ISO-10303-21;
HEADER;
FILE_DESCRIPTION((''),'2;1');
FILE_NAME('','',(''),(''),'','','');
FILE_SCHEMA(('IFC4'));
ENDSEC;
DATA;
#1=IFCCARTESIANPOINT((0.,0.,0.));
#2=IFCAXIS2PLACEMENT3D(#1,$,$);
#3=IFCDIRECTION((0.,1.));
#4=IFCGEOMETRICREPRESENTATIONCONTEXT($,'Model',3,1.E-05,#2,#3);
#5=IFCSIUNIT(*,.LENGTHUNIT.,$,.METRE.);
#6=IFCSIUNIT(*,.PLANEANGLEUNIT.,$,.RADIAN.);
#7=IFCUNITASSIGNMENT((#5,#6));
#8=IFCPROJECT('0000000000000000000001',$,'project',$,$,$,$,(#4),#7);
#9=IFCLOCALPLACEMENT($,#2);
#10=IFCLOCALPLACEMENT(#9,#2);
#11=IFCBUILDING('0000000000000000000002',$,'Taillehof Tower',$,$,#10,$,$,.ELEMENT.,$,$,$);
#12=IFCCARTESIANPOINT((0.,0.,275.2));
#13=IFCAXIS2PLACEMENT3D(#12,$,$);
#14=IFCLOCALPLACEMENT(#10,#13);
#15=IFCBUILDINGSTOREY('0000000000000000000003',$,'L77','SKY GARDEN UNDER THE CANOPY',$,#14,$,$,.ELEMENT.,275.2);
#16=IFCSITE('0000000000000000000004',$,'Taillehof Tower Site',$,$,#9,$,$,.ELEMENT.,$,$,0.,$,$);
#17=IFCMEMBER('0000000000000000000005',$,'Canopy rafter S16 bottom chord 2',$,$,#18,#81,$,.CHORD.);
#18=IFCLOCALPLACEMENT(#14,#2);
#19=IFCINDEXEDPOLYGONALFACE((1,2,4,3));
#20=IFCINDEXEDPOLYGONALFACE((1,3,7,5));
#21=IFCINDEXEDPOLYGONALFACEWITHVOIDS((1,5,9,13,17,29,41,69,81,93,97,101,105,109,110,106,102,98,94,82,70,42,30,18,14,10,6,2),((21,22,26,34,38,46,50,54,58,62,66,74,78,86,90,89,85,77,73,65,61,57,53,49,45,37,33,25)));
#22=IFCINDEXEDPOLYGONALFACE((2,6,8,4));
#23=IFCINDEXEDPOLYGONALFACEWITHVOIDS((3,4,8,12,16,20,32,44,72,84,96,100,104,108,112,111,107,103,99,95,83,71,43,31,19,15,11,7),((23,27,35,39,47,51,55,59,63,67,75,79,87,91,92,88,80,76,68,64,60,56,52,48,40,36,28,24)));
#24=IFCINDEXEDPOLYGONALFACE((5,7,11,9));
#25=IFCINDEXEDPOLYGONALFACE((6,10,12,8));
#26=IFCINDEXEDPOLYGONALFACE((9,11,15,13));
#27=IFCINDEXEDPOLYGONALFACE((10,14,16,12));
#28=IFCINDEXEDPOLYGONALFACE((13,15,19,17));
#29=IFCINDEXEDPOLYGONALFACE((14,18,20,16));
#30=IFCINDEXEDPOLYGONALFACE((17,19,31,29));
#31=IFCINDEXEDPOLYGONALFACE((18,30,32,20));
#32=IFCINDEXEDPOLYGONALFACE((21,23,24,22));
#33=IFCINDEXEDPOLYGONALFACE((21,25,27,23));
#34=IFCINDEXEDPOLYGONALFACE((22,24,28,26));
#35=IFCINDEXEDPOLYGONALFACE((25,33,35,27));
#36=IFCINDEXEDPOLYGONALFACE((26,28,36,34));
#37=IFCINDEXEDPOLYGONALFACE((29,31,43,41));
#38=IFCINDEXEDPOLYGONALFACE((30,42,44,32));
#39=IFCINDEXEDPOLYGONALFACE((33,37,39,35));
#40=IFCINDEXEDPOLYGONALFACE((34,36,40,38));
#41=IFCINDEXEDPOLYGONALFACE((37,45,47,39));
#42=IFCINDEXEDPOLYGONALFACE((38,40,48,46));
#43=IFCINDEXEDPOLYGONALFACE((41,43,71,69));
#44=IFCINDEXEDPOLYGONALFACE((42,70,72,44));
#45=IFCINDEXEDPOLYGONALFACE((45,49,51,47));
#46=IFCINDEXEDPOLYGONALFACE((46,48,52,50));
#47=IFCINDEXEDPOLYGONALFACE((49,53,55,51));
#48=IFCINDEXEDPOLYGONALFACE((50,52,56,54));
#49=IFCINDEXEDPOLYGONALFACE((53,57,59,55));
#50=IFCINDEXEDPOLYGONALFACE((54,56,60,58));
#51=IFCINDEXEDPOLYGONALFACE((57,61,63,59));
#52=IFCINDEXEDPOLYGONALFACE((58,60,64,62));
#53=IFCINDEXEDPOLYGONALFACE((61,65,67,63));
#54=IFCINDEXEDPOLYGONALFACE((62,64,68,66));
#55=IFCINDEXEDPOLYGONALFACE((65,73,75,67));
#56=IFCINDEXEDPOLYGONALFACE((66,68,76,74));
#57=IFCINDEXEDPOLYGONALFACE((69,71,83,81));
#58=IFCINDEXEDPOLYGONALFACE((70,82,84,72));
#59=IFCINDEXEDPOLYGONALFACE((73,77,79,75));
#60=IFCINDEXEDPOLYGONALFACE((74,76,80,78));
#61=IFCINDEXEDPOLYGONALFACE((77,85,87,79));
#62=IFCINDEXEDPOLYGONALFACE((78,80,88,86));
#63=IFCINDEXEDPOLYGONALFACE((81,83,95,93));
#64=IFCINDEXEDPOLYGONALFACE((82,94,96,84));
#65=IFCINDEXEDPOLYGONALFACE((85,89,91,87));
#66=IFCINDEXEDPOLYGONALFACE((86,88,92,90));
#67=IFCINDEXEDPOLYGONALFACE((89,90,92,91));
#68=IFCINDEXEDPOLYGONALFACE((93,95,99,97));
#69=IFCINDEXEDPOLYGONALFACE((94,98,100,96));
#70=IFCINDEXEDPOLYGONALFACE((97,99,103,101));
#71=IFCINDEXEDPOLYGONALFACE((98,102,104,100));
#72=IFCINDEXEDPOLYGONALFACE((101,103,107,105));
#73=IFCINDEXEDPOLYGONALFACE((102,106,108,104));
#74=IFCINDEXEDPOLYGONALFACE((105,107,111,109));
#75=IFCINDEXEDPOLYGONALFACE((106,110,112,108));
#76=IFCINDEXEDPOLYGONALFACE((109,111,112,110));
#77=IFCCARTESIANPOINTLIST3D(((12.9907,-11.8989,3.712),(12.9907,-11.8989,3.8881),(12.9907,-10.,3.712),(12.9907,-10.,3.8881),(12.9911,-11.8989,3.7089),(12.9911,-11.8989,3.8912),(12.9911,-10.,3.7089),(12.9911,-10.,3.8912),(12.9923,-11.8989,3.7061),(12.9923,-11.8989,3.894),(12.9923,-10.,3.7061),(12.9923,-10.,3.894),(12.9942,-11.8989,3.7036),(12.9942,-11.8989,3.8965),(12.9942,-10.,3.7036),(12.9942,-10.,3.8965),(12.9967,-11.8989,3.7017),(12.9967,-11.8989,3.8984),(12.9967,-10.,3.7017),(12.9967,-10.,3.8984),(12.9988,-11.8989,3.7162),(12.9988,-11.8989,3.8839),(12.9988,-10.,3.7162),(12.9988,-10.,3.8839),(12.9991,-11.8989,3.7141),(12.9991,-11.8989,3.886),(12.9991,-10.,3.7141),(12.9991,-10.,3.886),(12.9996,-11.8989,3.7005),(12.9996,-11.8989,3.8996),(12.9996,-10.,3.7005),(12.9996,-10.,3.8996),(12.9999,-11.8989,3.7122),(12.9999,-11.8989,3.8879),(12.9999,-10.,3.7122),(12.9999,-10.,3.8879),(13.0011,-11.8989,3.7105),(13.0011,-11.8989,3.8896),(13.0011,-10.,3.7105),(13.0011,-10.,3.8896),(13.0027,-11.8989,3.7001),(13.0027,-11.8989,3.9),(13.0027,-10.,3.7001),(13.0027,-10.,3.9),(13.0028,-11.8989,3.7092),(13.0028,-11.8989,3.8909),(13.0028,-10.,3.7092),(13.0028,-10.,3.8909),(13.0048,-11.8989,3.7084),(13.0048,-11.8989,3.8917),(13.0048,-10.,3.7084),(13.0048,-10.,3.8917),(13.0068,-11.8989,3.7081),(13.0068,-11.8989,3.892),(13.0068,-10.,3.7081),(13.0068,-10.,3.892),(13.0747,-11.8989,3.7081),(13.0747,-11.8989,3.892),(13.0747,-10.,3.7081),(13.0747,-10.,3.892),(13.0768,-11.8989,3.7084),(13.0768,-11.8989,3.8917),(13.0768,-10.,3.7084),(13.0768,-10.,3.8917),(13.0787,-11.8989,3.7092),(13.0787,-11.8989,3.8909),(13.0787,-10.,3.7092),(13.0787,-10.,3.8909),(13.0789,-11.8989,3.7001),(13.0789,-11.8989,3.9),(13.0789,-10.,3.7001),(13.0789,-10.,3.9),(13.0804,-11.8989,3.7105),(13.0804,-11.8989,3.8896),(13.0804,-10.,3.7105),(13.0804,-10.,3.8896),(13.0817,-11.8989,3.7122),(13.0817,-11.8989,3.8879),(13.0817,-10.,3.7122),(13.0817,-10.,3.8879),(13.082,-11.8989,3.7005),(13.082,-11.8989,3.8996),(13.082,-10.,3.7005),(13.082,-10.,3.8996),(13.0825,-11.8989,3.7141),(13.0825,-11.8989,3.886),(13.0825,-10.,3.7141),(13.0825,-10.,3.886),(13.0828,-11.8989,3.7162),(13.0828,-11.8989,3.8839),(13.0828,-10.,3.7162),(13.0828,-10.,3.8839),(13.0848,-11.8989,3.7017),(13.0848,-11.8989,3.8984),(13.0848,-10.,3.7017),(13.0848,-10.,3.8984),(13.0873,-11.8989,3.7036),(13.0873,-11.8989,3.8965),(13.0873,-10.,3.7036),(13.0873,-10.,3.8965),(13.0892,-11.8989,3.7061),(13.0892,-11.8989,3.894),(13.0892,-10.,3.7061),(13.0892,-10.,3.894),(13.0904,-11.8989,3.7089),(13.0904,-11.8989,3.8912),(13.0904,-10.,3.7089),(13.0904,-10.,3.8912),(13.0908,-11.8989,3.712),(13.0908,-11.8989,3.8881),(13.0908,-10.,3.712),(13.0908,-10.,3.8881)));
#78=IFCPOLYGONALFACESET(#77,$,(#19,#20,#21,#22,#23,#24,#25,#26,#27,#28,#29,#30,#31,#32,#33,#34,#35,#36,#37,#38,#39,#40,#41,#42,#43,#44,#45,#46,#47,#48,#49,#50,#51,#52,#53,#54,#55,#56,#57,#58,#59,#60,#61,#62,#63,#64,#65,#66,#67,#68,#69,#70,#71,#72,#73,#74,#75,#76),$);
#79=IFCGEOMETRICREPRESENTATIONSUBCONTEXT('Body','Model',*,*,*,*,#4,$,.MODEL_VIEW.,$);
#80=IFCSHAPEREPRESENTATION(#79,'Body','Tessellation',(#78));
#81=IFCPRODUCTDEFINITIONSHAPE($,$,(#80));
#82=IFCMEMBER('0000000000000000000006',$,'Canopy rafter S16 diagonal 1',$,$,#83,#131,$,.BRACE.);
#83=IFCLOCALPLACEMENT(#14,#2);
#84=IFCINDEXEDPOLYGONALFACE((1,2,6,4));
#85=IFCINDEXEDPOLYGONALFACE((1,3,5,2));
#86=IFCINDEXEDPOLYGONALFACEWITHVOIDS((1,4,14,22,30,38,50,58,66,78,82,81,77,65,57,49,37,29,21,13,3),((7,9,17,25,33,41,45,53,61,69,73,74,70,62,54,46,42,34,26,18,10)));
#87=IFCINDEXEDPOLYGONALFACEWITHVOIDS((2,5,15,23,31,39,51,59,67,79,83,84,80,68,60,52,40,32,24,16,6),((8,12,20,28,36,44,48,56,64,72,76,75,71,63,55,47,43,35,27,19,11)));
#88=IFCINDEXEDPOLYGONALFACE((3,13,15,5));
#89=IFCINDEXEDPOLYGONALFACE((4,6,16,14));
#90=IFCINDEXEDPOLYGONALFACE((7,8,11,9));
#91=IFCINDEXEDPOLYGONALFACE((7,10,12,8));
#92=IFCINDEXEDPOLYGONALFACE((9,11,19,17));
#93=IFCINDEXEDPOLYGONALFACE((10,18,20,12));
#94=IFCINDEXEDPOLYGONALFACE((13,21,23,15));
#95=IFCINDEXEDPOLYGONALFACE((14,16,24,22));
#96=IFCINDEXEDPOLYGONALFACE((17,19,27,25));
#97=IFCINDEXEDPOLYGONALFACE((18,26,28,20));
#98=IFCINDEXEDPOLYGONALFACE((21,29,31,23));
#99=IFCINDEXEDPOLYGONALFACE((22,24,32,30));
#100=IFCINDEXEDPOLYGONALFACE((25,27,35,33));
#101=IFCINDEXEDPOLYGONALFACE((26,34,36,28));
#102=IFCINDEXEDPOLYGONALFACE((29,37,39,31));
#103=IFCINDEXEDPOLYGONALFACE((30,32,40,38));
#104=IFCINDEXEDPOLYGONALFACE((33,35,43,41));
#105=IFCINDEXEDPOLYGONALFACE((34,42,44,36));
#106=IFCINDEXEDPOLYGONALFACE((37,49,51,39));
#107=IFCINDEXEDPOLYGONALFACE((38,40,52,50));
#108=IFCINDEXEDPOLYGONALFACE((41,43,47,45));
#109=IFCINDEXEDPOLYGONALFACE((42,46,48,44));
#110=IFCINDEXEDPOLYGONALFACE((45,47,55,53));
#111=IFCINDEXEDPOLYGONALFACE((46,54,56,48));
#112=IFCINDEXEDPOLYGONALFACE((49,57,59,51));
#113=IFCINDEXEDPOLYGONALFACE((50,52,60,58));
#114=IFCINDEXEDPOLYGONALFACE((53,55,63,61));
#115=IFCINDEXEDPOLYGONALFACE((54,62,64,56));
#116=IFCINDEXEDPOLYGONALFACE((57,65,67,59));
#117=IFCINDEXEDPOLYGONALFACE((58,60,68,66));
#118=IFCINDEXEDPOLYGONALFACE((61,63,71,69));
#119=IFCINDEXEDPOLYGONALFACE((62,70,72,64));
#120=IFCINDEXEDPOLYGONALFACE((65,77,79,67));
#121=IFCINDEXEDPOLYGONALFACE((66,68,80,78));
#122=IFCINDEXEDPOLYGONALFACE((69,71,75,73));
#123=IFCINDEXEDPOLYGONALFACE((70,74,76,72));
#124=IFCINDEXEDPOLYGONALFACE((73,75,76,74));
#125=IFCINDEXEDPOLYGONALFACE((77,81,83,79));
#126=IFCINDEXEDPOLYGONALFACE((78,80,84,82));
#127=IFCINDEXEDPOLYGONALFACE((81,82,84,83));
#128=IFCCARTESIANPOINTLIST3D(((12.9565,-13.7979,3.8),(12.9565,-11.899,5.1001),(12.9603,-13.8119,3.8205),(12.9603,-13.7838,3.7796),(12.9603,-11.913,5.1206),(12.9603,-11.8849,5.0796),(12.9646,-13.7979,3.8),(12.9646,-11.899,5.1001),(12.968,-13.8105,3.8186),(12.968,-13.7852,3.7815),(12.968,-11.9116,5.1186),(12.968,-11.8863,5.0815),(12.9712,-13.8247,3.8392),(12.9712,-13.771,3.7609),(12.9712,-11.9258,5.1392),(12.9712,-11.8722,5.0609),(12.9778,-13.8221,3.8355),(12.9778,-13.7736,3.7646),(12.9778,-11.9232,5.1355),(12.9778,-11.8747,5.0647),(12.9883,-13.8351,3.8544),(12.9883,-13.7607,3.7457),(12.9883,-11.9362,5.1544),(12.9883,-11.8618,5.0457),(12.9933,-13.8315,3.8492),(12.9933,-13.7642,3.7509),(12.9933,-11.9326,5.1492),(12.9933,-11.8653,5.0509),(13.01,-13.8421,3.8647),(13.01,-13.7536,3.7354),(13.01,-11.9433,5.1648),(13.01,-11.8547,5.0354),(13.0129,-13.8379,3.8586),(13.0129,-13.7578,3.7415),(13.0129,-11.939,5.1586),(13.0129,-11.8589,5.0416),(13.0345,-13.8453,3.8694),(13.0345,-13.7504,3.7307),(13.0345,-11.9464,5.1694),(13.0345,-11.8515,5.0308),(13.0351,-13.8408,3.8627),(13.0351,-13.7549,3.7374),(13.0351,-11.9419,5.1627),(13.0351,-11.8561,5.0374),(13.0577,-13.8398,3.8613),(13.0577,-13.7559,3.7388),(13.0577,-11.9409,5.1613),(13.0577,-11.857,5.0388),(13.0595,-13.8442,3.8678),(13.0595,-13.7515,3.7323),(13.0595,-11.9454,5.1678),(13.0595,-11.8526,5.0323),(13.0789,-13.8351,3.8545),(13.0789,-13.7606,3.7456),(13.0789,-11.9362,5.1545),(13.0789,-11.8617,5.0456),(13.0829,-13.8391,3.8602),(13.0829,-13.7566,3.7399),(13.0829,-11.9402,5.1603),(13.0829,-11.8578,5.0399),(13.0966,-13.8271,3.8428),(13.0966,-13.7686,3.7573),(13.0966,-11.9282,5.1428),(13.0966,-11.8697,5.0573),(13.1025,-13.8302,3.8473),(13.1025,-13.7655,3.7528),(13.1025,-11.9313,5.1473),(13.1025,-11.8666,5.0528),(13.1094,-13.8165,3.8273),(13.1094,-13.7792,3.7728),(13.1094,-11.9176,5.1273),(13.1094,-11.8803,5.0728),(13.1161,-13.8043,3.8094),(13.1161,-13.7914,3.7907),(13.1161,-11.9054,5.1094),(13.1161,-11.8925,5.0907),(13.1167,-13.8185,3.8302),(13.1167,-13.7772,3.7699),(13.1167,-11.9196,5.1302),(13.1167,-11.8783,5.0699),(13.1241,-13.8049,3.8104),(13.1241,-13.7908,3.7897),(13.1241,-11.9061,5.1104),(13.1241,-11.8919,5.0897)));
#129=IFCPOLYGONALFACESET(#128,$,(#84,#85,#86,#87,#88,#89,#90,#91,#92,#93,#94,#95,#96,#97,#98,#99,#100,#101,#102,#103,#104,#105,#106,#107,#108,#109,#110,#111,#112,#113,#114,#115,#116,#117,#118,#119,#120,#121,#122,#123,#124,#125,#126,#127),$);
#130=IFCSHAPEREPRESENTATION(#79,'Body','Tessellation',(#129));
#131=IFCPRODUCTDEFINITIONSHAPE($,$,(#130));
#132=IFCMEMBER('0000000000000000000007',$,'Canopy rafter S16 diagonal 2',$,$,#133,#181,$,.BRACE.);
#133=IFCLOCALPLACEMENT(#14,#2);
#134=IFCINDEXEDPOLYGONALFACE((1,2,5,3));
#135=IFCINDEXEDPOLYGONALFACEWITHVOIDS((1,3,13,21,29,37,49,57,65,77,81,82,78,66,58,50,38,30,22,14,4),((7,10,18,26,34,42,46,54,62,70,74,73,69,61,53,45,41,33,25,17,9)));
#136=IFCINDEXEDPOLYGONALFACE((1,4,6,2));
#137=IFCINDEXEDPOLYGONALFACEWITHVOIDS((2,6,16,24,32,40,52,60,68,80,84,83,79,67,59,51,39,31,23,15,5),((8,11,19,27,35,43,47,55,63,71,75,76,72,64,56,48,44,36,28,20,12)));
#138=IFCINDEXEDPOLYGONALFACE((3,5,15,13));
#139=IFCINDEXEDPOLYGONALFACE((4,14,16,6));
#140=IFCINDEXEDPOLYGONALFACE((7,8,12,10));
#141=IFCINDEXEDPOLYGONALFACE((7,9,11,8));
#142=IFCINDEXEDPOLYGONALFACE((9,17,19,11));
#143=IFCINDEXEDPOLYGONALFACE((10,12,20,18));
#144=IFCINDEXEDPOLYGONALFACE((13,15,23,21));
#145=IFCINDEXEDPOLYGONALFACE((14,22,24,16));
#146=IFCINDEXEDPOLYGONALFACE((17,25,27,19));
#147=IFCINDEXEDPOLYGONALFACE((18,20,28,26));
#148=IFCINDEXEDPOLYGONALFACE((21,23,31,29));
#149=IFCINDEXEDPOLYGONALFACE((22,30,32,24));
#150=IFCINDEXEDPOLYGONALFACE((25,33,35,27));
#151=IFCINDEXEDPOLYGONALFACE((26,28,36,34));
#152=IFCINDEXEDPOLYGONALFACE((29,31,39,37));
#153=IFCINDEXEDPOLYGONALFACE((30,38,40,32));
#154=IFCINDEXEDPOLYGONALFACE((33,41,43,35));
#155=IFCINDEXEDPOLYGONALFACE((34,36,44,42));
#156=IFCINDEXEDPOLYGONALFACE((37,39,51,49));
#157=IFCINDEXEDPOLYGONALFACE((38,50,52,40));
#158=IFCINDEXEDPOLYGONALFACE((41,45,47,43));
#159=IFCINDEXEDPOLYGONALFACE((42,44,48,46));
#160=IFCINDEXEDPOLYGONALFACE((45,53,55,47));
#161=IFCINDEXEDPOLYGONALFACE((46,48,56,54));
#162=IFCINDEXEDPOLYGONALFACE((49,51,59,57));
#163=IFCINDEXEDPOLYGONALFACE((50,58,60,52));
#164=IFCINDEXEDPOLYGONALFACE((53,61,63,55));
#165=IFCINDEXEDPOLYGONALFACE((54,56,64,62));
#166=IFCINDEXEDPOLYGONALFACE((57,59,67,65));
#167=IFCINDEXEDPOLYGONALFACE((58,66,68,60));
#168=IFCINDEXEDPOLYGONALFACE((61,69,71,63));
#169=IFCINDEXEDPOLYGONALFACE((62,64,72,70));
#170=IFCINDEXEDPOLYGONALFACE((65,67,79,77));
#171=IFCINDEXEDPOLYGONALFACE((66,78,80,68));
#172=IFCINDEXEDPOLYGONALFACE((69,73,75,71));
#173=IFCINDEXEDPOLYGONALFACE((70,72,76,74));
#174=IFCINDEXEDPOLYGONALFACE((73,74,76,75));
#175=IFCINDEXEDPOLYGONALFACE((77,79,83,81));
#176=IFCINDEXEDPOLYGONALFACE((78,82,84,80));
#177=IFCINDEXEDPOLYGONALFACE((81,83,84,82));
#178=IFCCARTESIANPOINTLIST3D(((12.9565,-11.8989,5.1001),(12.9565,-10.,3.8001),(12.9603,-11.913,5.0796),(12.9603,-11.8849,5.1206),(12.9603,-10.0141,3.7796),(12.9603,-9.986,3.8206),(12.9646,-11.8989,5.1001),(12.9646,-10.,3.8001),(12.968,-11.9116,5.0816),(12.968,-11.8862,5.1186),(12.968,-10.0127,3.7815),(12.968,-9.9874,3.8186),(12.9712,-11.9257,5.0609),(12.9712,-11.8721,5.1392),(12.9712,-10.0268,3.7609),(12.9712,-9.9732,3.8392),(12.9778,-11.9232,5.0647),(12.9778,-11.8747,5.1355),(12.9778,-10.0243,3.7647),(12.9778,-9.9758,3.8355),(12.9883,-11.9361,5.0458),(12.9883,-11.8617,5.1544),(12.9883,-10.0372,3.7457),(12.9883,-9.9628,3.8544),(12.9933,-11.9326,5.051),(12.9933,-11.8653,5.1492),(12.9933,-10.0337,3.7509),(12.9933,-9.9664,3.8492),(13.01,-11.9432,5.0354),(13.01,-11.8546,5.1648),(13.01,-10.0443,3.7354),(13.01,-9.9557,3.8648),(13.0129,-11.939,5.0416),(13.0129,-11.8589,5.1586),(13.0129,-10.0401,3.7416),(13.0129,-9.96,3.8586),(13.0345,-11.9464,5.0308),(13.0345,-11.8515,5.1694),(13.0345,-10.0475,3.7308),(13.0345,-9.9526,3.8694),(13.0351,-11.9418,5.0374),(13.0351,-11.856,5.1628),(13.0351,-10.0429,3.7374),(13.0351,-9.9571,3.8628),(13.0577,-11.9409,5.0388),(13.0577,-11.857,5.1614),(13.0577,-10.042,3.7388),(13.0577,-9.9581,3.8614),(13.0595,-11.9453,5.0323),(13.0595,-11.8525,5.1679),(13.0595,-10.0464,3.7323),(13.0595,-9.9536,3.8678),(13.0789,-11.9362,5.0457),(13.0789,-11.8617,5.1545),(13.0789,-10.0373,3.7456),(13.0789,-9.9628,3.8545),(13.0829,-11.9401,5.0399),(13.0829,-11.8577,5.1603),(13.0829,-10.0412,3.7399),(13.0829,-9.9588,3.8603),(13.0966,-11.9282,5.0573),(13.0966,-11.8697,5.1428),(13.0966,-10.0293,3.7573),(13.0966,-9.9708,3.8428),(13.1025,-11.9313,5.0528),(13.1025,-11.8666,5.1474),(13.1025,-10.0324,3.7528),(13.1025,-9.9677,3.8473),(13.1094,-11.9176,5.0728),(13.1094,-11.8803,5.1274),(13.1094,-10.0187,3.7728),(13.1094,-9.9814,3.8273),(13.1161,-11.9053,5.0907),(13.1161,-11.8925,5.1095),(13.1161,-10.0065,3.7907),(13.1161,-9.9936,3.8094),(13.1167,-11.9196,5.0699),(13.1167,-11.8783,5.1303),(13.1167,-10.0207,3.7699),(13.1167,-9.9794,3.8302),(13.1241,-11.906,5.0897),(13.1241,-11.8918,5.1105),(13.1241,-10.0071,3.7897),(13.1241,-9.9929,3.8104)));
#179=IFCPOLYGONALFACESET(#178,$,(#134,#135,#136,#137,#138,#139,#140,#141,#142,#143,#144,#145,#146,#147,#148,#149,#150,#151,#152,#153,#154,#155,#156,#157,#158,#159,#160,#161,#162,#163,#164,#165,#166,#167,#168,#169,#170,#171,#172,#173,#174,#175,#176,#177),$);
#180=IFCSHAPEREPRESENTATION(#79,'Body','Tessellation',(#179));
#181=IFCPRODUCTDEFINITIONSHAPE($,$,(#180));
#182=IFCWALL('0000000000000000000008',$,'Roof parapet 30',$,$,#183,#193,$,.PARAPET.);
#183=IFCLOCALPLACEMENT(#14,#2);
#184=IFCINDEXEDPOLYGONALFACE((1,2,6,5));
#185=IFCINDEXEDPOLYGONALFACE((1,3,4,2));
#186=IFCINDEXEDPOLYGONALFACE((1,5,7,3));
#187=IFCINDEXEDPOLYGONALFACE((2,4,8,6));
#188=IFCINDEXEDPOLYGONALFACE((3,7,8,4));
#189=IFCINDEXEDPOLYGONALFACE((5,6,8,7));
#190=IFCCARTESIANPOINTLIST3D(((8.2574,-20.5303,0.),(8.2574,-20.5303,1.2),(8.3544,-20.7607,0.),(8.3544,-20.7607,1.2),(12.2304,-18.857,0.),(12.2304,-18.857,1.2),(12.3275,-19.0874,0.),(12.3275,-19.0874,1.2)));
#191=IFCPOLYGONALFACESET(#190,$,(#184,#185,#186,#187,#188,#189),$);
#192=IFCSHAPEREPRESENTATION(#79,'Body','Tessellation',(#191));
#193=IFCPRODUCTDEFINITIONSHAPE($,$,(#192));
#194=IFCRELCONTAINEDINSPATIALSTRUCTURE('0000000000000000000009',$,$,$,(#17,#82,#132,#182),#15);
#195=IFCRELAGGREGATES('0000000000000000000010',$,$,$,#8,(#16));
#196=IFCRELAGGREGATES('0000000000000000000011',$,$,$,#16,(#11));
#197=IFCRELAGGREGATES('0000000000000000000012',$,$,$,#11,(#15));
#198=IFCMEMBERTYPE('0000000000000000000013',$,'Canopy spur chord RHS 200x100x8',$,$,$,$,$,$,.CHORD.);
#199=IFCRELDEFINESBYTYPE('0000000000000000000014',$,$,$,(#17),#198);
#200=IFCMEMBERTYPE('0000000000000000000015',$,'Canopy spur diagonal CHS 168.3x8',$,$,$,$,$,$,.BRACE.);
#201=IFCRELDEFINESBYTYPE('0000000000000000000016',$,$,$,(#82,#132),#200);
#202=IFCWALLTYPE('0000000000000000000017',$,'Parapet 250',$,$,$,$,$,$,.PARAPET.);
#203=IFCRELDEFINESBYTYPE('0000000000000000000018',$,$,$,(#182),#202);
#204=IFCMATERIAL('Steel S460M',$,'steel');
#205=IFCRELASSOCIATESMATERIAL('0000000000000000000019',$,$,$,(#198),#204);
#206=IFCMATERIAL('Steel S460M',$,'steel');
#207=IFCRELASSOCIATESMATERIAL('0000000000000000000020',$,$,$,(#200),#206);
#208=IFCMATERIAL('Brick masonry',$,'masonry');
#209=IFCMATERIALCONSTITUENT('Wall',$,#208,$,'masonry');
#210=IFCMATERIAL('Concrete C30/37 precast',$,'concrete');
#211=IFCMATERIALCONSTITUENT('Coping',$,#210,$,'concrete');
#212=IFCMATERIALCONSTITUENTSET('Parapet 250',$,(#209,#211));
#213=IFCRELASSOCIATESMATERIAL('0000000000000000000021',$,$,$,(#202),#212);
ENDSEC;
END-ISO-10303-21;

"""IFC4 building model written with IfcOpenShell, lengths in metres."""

from ifc_helpers import new_model, si_unit, direction, frame, frame_2d, origin, origin_2d, place, context, subcontext, project, spatial, rectangle, hollow_rectangle, hollow_circle, extrude, material, constituent, constituent_set, material_profile, profile_set, type_object, element, save


model = new_model("IFC4")

# Units and contexts
model_context = context("Model", 3, precision=1e-05, world=origin(), true_north=direction((0.0, 1.0)))
body_context = subcontext(model_context, "Body", "Model", "MODEL_VIEW")
ifc_project = project(units=[si_unit("LENGTHUNIT", "METRE"), si_unit("PLANEANGLEUNIT", "RADIAN")], contexts=[model_context])

# Site, building, storey
site_placement = place(None, origin())
site = spatial("IfcSite", under=ifc_project, at=site_placement, Name="Taillehof Tower Site", CompositionType="ELEMENT", RefElevation=0.0)
building_placement = place(site_placement, origin())
building = spatial("IfcBuilding", under=site, at=building_placement, Name="Taillehof Tower", CompositionType="ELEMENT")
storey_placement = place(building_placement, frame((0.0, 0.0, 275.2)))
storey = spatial("IfcBuildingStorey", under=building, at=storey_placement, Name="L77", Description="SKY GARDEN UNDER THE CANOPY", CompositionType="ELEMENT", Elevation=275.2)

# Members
ifc_material_1 = material(Name="Steel S460M", Category="steel")
ifc_material_profile_1 = material_profile(ifc_material_1, hollow_rectangle(XDim=0.1001, YDim=0.2, WallThickness=0.0081, InnerFilletRadius=0.0081, OuterFilletRadius=0.012, at=origin_2d()), Name="RHS 200x100x8")
ifc_profile_set_1 = profile_set([ifc_material_profile_1], Name="Steel S460M")
member_type_1 = type_object("IfcMemberType", Name="Canopy spur chord RHS 200x100x8", PredefinedType="CHORD", material=ifc_profile_set_1)
for number, where, z_axis, x_axis, name in (
    (1, (13.0408, -11.8989, 3.8), (0.0, 1.0, 0.0), (-1.0, 0.0, 0.0), "Canopy rafter S16 bottom chord 2"),
):
    element("IfcMember", number, at=place(storey_placement, frame(where, z_axis=z_axis, x_axis=x_axis)), inside=storey, type_object=member_type_1, Name=name, PredefinedType="CHORD", context=body_context, shape_type="SweptSolid", body=[
        extrude(hollow_rectangle(XDim=0.1001, YDim=0.2, WallThickness=0.0081, InnerFilletRadius=0.0081, OuterFilletRadius=0.012, at=origin_2d()), origin(), (0.0, 0.0, 1.0), 1.8989),
    ])
ifc_material_2 = material(Name="Steel S460M", Category="steel")
ifc_material_profile_2 = material_profile(ifc_material_2, hollow_circle(Radius=0.0842, WallThickness=0.0081, at=origin_2d()), Name="CHS 168.3x8")
ifc_profile_set_2 = profile_set([ifc_material_profile_2], Name="Steel S460M")
member_type_2 = type_object("IfcMemberType", Name="Canopy spur diagonal CHS 168.3x8", PredefinedType="BRACE", material=ifc_profile_set_2)
for number, where, z_axis, x_axis, name in (
    (2, (13.0408, -13.7979, 3.8), (0.0, 0.825148, 0.564916), (-1.0, 0.0, 0.0), "Canopy rafter S16 diagonal 1"),
    (3, (13.0408, -11.8989, 5.1001), (0.0, 0.825148, -0.564916), (-1.0, 0.0, 0.0), "Canopy rafter S16 diagonal 2"),
):
    element("IfcMember", number, at=place(storey_placement, frame(where, z_axis=z_axis, x_axis=x_axis)), inside=storey, type_object=member_type_2, Name=name, PredefinedType="BRACE", context=body_context, shape_type="SweptSolid", body=[
        extrude(hollow_circle(Radius=0.0842, WallThickness=0.0081, at=origin_2d()), origin(), (0.0, 0.0, 1.0), 2.3013),
    ])

# Wall
ifc_material_3 = material(Name="Brick masonry", Category="masonry")
ifc_constituent_1 = constituent(ifc_material_3, Name="Wall", Category="masonry")
ifc_material_4 = material(Name="Concrete C30/37 precast", Category="concrete")
ifc_constituent_2 = constituent(ifc_material_4, Name="Coping", Category="concrete")
ifc_constituent_set_1 = constituent_set(constituents=[ifc_constituent_1, ifc_constituent_2], Name="Parapet 250")
wall_type_1 = type_object("IfcWallType", Name="Parapet 250", PredefinedType="PARAPET", material=ifc_constituent_set_1)
wall_1_placement = place(storey_placement, frame((8.3059, -20.6455, 0.0), z_axis=(0.0, 0.0, 1.0), x_axis=(0.921599, 0.388143, 0.0)))
element("IfcWall", 4, at=wall_1_placement, inside=storey, type_object=wall_type_1, Name="Roof parapet 30", PredefinedType="PARAPET", context=body_context, shape_type="SweptSolid", body=[
    extrude(rectangle(XDim=4.311, YDim=0.25, at=frame_2d((2.1555, 0.0))), origin(), (0.0, 0.0, 1.0), 1.2),
])

save(model, "model.ifc")
